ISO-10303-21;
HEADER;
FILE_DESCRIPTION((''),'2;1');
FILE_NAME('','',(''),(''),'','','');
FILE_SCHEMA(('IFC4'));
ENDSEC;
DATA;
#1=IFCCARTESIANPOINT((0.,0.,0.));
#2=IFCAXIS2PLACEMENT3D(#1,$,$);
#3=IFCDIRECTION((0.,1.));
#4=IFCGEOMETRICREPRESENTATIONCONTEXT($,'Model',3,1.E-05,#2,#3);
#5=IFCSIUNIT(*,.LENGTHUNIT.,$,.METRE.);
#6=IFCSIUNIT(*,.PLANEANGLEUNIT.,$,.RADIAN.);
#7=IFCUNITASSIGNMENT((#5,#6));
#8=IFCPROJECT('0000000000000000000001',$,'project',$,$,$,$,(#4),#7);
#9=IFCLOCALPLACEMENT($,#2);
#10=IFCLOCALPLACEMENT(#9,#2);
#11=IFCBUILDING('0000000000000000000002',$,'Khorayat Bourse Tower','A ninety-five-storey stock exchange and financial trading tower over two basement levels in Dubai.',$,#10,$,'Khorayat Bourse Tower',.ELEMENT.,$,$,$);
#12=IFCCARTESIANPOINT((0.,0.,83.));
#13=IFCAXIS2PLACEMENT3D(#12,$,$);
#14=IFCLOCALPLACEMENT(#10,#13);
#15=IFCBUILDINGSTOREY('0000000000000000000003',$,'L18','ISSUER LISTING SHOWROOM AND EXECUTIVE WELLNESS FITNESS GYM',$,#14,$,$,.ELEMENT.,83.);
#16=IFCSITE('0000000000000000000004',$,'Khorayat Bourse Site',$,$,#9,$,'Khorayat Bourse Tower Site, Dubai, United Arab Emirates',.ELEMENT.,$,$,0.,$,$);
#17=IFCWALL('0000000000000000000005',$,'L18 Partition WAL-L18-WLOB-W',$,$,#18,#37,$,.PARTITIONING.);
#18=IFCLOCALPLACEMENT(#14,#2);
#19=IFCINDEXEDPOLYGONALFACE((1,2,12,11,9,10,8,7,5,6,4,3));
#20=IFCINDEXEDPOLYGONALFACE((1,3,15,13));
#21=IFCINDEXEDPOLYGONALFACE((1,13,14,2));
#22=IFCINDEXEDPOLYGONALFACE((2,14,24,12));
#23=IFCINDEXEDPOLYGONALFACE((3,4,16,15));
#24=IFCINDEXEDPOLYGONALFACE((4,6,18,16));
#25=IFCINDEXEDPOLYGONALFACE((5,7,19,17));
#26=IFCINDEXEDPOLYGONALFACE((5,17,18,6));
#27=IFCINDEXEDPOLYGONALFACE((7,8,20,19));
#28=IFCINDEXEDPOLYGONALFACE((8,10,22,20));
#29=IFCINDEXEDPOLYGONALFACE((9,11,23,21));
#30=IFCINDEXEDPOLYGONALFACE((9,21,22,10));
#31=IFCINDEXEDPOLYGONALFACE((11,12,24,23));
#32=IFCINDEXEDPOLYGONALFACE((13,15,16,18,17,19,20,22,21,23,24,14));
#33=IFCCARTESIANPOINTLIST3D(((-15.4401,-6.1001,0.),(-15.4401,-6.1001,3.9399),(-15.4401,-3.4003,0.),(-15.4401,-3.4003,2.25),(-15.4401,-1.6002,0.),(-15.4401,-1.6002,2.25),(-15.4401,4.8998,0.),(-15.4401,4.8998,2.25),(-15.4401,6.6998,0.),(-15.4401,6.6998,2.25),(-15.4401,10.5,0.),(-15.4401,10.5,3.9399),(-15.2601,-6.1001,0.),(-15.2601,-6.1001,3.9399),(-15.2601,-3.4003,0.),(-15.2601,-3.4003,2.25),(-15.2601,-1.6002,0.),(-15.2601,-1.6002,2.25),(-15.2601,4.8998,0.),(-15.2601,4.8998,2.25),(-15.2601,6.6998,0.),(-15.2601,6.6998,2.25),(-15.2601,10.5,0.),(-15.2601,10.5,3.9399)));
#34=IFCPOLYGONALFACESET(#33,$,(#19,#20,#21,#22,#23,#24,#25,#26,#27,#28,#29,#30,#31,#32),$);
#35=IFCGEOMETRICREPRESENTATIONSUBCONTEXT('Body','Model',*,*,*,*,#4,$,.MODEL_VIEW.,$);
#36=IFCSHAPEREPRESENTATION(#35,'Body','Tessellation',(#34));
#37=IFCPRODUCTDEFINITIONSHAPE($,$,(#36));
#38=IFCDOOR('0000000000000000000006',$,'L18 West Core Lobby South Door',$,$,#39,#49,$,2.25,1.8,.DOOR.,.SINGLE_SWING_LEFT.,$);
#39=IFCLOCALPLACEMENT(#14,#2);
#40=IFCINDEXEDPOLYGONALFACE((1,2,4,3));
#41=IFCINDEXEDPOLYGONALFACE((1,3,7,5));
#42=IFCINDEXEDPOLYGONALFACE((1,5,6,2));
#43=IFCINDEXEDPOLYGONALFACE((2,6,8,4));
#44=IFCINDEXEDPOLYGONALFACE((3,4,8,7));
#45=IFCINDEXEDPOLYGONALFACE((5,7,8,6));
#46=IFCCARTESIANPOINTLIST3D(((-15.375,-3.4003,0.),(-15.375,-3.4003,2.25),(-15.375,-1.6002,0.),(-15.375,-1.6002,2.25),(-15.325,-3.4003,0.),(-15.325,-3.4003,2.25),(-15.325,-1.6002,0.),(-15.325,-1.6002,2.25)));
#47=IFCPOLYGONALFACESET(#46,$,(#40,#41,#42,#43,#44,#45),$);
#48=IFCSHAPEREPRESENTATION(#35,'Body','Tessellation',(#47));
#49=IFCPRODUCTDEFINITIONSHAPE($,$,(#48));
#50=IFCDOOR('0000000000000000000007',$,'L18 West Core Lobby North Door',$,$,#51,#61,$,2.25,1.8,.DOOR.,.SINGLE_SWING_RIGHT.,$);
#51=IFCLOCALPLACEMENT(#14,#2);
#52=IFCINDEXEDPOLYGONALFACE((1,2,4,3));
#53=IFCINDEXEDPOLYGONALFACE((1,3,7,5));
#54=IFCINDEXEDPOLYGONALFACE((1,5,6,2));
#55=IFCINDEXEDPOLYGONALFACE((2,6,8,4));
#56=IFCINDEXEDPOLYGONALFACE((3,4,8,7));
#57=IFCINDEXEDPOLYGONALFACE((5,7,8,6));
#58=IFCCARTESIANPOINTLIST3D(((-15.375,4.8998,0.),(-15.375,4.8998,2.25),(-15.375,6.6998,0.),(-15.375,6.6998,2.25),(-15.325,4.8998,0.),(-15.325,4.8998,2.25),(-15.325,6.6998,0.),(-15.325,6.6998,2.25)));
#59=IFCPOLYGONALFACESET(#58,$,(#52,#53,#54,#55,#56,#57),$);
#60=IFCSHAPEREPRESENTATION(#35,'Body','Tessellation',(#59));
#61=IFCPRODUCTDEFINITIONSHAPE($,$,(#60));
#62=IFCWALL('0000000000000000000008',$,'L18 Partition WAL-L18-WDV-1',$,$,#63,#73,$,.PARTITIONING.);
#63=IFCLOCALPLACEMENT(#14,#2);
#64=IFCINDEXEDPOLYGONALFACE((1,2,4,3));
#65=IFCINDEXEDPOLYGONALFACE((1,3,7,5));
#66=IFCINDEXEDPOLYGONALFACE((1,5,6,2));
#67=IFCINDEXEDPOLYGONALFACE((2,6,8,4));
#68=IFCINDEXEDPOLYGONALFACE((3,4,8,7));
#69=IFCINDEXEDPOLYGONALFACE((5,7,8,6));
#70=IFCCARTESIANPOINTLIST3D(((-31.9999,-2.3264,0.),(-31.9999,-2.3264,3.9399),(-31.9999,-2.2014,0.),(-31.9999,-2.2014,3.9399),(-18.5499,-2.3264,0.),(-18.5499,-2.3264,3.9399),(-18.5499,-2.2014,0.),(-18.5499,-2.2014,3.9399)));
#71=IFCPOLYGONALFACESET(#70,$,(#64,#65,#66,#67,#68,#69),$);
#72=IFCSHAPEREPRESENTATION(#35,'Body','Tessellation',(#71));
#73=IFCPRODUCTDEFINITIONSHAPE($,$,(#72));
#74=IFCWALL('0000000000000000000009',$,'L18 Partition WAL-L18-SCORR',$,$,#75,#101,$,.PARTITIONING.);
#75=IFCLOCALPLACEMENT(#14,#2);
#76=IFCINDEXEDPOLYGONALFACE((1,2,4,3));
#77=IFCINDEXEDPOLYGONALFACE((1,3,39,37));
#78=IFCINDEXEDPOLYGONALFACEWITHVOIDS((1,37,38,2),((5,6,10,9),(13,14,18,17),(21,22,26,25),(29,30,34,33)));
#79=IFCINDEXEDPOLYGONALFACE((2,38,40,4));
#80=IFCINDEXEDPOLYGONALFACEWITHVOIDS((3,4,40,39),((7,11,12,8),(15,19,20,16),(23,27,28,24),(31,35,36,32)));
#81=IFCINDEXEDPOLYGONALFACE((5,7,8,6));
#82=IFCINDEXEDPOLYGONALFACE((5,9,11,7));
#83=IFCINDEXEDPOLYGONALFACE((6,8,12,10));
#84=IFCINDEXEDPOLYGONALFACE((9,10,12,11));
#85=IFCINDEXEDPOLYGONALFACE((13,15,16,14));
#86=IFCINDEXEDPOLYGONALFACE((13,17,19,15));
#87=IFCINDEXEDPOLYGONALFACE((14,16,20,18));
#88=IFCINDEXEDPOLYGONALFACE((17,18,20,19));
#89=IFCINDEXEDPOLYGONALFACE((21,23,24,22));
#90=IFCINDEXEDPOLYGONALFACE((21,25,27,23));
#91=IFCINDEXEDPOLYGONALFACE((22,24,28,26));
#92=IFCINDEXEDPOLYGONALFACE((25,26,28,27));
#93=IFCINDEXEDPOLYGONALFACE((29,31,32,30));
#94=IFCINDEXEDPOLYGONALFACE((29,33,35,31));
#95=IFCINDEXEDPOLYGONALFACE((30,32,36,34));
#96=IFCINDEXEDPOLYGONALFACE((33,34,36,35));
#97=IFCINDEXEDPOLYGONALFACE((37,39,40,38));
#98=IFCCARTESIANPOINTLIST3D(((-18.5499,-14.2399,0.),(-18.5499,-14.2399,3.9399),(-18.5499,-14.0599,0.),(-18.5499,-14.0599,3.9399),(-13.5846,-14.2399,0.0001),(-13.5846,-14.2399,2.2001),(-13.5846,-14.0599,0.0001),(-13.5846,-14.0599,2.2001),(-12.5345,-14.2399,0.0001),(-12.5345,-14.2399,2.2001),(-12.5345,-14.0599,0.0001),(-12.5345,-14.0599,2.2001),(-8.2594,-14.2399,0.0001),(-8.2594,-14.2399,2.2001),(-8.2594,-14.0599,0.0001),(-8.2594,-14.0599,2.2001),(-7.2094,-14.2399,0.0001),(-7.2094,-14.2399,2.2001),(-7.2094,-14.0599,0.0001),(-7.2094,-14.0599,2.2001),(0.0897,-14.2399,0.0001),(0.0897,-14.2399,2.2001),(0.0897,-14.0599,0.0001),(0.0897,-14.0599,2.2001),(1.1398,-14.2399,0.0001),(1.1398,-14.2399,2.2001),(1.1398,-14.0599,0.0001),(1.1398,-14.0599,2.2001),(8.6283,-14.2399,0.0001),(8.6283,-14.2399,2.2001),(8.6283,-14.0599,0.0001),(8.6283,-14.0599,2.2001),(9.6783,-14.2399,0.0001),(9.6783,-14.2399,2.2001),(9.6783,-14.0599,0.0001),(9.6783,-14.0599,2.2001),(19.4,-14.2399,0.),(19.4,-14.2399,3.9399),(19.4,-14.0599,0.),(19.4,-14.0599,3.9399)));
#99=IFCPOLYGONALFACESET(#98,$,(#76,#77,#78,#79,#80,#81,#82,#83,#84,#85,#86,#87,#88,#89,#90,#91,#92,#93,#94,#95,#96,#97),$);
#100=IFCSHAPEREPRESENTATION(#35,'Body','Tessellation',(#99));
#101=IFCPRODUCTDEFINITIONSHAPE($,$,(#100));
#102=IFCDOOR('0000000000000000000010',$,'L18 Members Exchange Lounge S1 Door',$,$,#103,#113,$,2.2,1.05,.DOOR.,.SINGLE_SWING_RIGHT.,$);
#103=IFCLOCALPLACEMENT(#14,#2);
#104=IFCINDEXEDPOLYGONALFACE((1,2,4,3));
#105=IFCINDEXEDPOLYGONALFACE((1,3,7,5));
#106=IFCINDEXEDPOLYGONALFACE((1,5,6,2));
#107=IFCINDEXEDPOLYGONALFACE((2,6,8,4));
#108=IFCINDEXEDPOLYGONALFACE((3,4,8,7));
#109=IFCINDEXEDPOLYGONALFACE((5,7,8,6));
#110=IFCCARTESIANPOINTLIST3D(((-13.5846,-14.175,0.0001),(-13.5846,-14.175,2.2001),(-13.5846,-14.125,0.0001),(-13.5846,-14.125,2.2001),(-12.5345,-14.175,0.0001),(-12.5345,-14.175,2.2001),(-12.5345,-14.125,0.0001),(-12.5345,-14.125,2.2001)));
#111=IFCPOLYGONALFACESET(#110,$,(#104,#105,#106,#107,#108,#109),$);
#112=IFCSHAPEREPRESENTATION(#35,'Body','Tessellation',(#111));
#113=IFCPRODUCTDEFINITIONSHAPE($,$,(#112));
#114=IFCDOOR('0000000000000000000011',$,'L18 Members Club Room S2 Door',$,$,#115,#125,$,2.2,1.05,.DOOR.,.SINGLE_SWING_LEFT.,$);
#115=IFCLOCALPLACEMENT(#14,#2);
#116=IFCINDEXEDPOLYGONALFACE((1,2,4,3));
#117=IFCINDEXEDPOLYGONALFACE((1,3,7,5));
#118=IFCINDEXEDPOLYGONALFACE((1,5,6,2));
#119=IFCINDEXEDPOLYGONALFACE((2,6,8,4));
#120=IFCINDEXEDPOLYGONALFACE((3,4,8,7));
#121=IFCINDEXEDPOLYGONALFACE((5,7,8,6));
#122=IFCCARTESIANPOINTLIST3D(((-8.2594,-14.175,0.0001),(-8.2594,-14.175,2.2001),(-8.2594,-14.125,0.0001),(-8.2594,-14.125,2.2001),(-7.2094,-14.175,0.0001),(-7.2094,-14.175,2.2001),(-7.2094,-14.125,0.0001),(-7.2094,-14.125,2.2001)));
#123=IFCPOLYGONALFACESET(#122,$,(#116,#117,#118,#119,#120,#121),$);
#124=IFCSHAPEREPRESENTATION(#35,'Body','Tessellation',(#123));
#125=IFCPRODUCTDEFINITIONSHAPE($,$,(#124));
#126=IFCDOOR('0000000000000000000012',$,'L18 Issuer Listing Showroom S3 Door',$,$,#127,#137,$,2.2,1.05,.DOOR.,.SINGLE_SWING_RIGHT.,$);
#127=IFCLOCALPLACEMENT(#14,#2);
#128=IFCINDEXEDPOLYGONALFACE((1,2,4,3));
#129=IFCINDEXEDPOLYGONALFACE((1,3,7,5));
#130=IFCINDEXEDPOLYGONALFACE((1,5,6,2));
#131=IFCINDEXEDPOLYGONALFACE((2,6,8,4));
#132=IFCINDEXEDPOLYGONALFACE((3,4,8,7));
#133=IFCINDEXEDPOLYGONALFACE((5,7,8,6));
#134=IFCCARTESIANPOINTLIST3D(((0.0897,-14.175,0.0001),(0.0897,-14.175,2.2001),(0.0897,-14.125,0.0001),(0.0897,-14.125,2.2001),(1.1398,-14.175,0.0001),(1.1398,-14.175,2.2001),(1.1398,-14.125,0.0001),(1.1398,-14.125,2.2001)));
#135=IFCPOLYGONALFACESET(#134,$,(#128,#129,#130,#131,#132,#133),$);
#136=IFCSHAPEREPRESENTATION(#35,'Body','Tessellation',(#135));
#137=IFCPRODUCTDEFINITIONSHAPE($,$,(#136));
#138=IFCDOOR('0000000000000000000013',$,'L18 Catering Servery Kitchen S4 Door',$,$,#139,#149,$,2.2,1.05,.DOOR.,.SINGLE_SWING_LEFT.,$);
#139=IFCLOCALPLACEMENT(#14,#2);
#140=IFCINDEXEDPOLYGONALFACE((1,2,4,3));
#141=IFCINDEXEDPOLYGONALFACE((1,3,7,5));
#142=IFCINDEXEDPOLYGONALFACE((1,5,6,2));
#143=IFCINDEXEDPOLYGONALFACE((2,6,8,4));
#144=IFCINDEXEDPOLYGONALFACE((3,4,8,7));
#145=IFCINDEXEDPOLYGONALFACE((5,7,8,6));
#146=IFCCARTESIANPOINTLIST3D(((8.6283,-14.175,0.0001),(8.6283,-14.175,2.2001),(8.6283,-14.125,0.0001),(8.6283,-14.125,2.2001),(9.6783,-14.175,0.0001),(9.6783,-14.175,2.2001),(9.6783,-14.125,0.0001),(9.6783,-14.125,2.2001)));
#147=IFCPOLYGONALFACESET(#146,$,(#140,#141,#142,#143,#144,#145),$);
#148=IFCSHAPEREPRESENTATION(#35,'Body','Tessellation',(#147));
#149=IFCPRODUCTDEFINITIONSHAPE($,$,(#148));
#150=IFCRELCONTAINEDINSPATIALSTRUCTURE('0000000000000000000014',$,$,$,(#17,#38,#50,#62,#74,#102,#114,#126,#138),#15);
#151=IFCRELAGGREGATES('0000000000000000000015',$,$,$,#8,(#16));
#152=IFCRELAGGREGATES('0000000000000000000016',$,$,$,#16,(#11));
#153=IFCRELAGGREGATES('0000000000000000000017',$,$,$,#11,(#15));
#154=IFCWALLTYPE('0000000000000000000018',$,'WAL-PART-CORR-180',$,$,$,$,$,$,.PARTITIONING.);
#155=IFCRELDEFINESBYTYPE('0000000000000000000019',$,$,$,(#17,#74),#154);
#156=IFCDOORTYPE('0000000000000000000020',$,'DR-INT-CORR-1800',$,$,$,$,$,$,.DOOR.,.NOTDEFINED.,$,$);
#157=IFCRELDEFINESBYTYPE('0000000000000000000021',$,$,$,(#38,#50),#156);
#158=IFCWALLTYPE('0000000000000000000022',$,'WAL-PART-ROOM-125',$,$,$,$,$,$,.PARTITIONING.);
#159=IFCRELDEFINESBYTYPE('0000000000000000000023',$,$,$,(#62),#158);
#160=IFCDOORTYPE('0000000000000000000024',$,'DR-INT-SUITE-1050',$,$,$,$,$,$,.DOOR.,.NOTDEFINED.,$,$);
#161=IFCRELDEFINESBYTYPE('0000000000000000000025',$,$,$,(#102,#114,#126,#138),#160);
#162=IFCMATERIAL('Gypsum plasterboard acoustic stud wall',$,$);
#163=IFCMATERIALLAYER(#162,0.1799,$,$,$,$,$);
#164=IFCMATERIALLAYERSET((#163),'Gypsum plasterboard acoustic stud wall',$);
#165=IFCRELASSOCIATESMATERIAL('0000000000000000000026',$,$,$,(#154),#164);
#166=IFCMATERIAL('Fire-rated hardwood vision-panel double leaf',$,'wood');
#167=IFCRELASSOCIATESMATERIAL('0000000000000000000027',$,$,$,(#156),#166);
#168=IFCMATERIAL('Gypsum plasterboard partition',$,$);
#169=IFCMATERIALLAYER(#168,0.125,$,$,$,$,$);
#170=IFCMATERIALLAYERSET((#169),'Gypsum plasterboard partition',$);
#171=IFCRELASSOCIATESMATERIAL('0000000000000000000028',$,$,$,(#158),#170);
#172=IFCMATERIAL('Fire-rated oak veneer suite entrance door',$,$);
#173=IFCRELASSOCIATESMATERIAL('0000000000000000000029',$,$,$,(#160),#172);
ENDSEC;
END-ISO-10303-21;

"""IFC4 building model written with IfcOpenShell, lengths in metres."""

from ifc_helpers import new_model, si_unit, direction, frame, frame_2d, origin, place, context, subcontext, project, spatial, rectangle, extrude, source, transform, mapped, material, layer, layer_set, type_object, element, fill, save


model = new_model("IFC4")

# Units and contexts
model_context = context("Model", 3, precision=1e-05, world=origin(), true_north=direction((0.0, 1.0)))
body_context = subcontext(model_context, "Body", "Model", "MODEL_VIEW")
ifc_project = project(units=[si_unit("LENGTHUNIT", "METRE"), si_unit("PLANEANGLEUNIT", "RADIAN")], contexts=[model_context])

# Site, building, storey
site_placement = place(None, origin())
site = spatial("IfcSite", under=ifc_project, at=site_placement, Name="Khorayat Bourse Site", LongName="Khorayat Bourse Tower Site, Dubai, United Arab Emirates", CompositionType="ELEMENT", RefElevation=0.0)
building_placement = place(site_placement, origin())
building = spatial("IfcBuilding", under=site, at=building_placement, Name="Khorayat Bourse Tower", Description="A ninety-five-storey stock exchange and financial trading tower over two basement levels in Dubai.", LongName="Khorayat Bourse Tower", CompositionType="ELEMENT")
storey_placement = place(building_placement, frame((0.0, 0.0, 83.0)))
storey = spatial("IfcBuildingStorey", under=building, at=storey_placement, Name="L18", Description="ISSUER LISTING SHOWROOM AND EXECUTIVE WELLNESS FITNESS GYM", CompositionType="ELEMENT", Elevation=83.0)

# Wall, openings, doors
ifc_material_1 = material(Name="Gypsum plasterboard acoustic stud wall")
ifc_layer_1 = layer(ifc_material_1, 0.1799)
ifc_layer_set_1 = layer_set([ifc_layer_1], Name="Gypsum plasterboard acoustic stud wall")
wall_type_1 = type_object("IfcWallType", Name="WAL-PART-CORR-180", PredefinedType="PARTITIONING", material=ifc_layer_set_1)
shared_shape_1 = source(origin(), body_context, "Body", "SweptSolid", [
    extrude(rectangle(XDim=16.6001, YDim=0.1799, at=frame_2d((8.3, 0.0))), origin(), (0.0, 0.0, 1.0), 3.9399),
])
wall_1_placement = place(storey_placement, frame((-15.3501, -6.1001, 0.0), z_axis=(0.0, 0.0, 1.0), x_axis=(0.0, 1.0, 0.0)))
wall_1 = element("IfcWall", 1, at=wall_1_placement, inside=storey, type_object=wall_type_1, Name="L18 Partition WAL-L18-WLOB-W", PredefinedType="PARTITIONING", context=body_context, shape_type="MappedRepresentation", body=[
    mapped(shared_shape_1, transform((0.0, 0.0, 0.0), scale=1.0)),
])
shared_shape_2 = source(origin(), body_context, "Body", "SweptSolid", [
    extrude(rectangle(XDim=1.8, YDim=2.25, at=frame_2d((0.8999, 1.125))), frame((0.0, 0.0999, 0.0), z_axis=(0.0, -1.0, 0.0), x_axis=(1.0, 0.0, 0.0)), (0.0, 0.0, 1.0), 0.2),
])
opening_1_placement = place(wall_1_placement, frame((2.7, 0.0, 0.0)))
opening_1 = element("IfcOpeningElement", 2, at=opening_1_placement, cuts=wall_1, PredefinedType="OPENING", context=body_context, shape_type="MappedRepresentation", body=[
    mapped(shared_shape_2, transform((0.0, 0.0, 0.0), scale=1.0)),
])
opening_2_placement = place(wall_1_placement, frame((11.0, 0.0, 0.0)))
opening_2 = element("IfcOpeningElement", 3, at=opening_2_placement, cuts=wall_1, PredefinedType="OPENING", context=body_context, shape_type="MappedRepresentation", body=[
    mapped(shared_shape_2, transform((0.0, 0.0, 0.0), scale=1.0)),
])
ifc_material_2 = material(Name="Fire-rated hardwood vision-panel double leaf", Category="wood")
door_type_1 = type_object("IfcDoorType", Name="DR-INT-CORR-1800", OperationType="NOTDEFINED", PredefinedType="DOOR", material=ifc_material_2)
shared_shape_3 = source(origin(), body_context, "Body", "SweptSolid", [
    extrude(rectangle(XDim=1.8, YDim=2.25, at=frame_2d((0.8999, 1.125))), frame((0.0, 0.0249, 0.0), z_axis=(0.0, -1.0, 0.0), x_axis=(1.0, 0.0, 0.0)), (0.0, 0.0, 1.0), 0.05),
])
door_1_placement = place(opening_1_placement, origin())
door_1 = element("IfcDoor", 4, at=door_1_placement, inside=storey, type_object=door_type_1, Name="L18 West Core Lobby South Door", OperationType="SINGLE_SWING_LEFT", OverallHeight=2.25, OverallWidth=1.8, PredefinedType="DOOR", context=body_context, shape_type="MappedRepresentation", body=[
    mapped(shared_shape_3, transform((0.0, 0.0, 0.0), scale=1.0)),
])
fill(opening_1, door_1)
door_2_placement = place(opening_2_placement, origin())
door_2 = element("IfcDoor", 5, at=door_2_placement, inside=storey, type_object=door_type_1, Name="L18 West Core Lobby North Door", OperationType="SINGLE_SWING_RIGHT", OverallHeight=2.25, OverallWidth=1.8, PredefinedType="DOOR", context=body_context, shape_type="MappedRepresentation", body=[
    mapped(shared_shape_3, transform((0.0, 0.0, 0.0), scale=1.0)),
])
fill(opening_2, door_2)

# Wall
ifc_material_3 = material(Name="Gypsum plasterboard partition")
ifc_layer_2 = layer(ifc_material_3, 0.125)
ifc_layer_set_2 = layer_set([ifc_layer_2], Name="Gypsum plasterboard partition")
wall_type_2 = type_object("IfcWallType", Name="WAL-PART-ROOM-125", PredefinedType="PARTITIONING", material=ifc_layer_set_2)
shared_shape_4 = source(origin(), body_context, "Body", "SweptSolid", [
    extrude(rectangle(XDim=13.45, YDim=0.125, at=frame_2d((6.7251, 0.0))), origin(), (0.0, 0.0, 1.0), 3.9399),
])
wall_2_placement = place(storey_placement, frame((-32.0, -2.2639, 0.0), z_axis=(0.0, 0.0, 1.0), x_axis=(1.0, 0.0, 0.0)))
element("IfcWall", 6, at=wall_2_placement, inside=storey, type_object=wall_type_2, Name="L18 Partition WAL-L18-WDV-1", PredefinedType="PARTITIONING", context=body_context, shape_type="MappedRepresentation", body=[
    mapped(shared_shape_4, transform((0.0, 0.0, 0.0), scale=1.0)),
])

# Wall, openings, doors
shared_shape_5 = source(origin(), body_context, "Body", "SweptSolid", [
    extrude(rectangle(XDim=37.95, YDim=0.1799, at=frame_2d((18.9751, 0.0))), origin(), (0.0, 0.0, 1.0), 3.9399),
])
wall_3_placement = place(storey_placement, frame((-18.55, -14.1499, 0.0), z_axis=(0.0, 0.0, 1.0), x_axis=(1.0, 0.0, 0.0)))
wall_3 = element("IfcWall", 7, at=wall_3_placement, inside=storey, type_object=wall_type_1, Name="L18 Partition WAL-L18-SCORR", PredefinedType="PARTITIONING", context=body_context, shape_type="MappedRepresentation", body=[
    mapped(shared_shape_5, transform((0.0, 0.0, 0.0), scale=1.0)),
])
shared_shape_6 = source(origin(), body_context, "Body", "SweptSolid", [
    extrude(rectangle(XDim=1.05, YDim=2.2, at=frame_2d((0.5249, 1.1001))), frame((0.0, 0.0999, 0.0), z_axis=(0.0, -1.0, 0.0), x_axis=(1.0, 0.0, 0.0)), (0.0, 0.0, 1.0), 0.2),
])
opening_3_placement = place(wall_3_placement, frame((4.9656, 0.0, 0.0)))
opening_3 = element("IfcOpeningElement", 8, at=opening_3_placement, cuts=wall_3, PredefinedType="OPENING", context=body_context, shape_type="MappedRepresentation", body=[
    mapped(shared_shape_6, transform((0.0, 0.0, 0.0), scale=1.0)),
])
opening_4_placement = place(wall_3_placement, frame((10.2908, 0.0, 0.0)))
opening_4 = element("IfcOpeningElement", 9, at=opening_4_placement, cuts=wall_3, PredefinedType="OPENING", context=body_context, shape_type="MappedRepresentation", body=[
    mapped(shared_shape_6, transform((0.0, 0.0, 0.0), scale=1.0)),
])
opening_5_placement = place(wall_3_placement, frame((18.6399, 0.0, 0.0)))
opening_5 = element("IfcOpeningElement", 10, at=opening_5_placement, cuts=wall_3, PredefinedType="OPENING", context=body_context, shape_type="MappedRepresentation", body=[
    mapped(shared_shape_6, transform((0.0, 0.0, 0.0), scale=1.0)),
])
opening_6_placement = place(wall_3_placement, frame((27.1785, 0.0, 0.0)))
opening_6 = element("IfcOpeningElement", 11, at=opening_6_placement, cuts=wall_3, PredefinedType="OPENING", context=body_context, shape_type="MappedRepresentation", body=[
    mapped(shared_shape_6, transform((0.0, 0.0, 0.0), scale=1.0)),
])
ifc_material_4 = material(Name="Fire-rated oak veneer suite entrance door")
door_type_2 = type_object("IfcDoorType", Name="DR-INT-SUITE-1050", OperationType="NOTDEFINED", PredefinedType="DOOR", material=ifc_material_4)
shared_shape_7 = source(origin(), body_context, "Body", "SweptSolid", [
    extrude(rectangle(XDim=1.05, YDim=2.2, at=frame_2d((0.5249, 1.1001))), frame((0.0, 0.0249, 0.0), z_axis=(0.0, -1.0, 0.0), x_axis=(1.0, 0.0, 0.0)), (0.0, 0.0, 1.0), 0.05),
])
door_3_placement = place(opening_3_placement, origin())
door_3 = element("IfcDoor", 12, at=door_3_placement, inside=storey, type_object=door_type_2, Name="L18 Members Exchange Lounge S1 Door", OperationType="SINGLE_SWING_RIGHT", OverallHeight=2.2, OverallWidth=1.05, PredefinedType="DOOR", context=body_context, shape_type="MappedRepresentation", body=[
    mapped(shared_shape_7, transform((0.0, 0.0, 0.0), scale=1.0)),
])
fill(opening_3, door_3)
door_4_placement = place(opening_4_placement, origin())
door_4 = element("IfcDoor", 13, at=door_4_placement, inside=storey, type_object=door_type_2, Name="L18 Members Club Room S2 Door", OperationType="SINGLE_SWING_LEFT", OverallHeight=2.2, OverallWidth=1.05, PredefinedType="DOOR", context=body_context, shape_type="MappedRepresentation", body=[
    mapped(shared_shape_7, transform((0.0, 0.0, 0.0), scale=1.0)),
])
fill(opening_4, door_4)
door_5_placement = place(opening_5_placement, origin())
door_5 = element("IfcDoor", 14, at=door_5_placement, inside=storey, type_object=door_type_2, Name="L18 Issuer Listing Showroom S3 Door", OperationType="SINGLE_SWING_RIGHT", OverallHeight=2.2, OverallWidth=1.05, PredefinedType="DOOR", context=body_context, shape_type="MappedRepresentation", body=[
    mapped(shared_shape_7, transform((0.0, 0.0, 0.0), scale=1.0)),
])
fill(opening_5, door_5)
door_6_placement = place(opening_6_placement, origin())
door_6 = element("IfcDoor", 15, at=door_6_placement, inside=storey, type_object=door_type_2, Name="L18 Catering Servery Kitchen S4 Door", OperationType="SINGLE_SWING_LEFT", OverallHeight=2.2, OverallWidth=1.05, PredefinedType="DOOR", context=body_context, shape_type="MappedRepresentation", body=[
    mapped(shared_shape_7, transform((0.0, 0.0, 0.0), scale=1.0)),
])
fill(opening_6, door_6)

save(model, "model.ifc")
